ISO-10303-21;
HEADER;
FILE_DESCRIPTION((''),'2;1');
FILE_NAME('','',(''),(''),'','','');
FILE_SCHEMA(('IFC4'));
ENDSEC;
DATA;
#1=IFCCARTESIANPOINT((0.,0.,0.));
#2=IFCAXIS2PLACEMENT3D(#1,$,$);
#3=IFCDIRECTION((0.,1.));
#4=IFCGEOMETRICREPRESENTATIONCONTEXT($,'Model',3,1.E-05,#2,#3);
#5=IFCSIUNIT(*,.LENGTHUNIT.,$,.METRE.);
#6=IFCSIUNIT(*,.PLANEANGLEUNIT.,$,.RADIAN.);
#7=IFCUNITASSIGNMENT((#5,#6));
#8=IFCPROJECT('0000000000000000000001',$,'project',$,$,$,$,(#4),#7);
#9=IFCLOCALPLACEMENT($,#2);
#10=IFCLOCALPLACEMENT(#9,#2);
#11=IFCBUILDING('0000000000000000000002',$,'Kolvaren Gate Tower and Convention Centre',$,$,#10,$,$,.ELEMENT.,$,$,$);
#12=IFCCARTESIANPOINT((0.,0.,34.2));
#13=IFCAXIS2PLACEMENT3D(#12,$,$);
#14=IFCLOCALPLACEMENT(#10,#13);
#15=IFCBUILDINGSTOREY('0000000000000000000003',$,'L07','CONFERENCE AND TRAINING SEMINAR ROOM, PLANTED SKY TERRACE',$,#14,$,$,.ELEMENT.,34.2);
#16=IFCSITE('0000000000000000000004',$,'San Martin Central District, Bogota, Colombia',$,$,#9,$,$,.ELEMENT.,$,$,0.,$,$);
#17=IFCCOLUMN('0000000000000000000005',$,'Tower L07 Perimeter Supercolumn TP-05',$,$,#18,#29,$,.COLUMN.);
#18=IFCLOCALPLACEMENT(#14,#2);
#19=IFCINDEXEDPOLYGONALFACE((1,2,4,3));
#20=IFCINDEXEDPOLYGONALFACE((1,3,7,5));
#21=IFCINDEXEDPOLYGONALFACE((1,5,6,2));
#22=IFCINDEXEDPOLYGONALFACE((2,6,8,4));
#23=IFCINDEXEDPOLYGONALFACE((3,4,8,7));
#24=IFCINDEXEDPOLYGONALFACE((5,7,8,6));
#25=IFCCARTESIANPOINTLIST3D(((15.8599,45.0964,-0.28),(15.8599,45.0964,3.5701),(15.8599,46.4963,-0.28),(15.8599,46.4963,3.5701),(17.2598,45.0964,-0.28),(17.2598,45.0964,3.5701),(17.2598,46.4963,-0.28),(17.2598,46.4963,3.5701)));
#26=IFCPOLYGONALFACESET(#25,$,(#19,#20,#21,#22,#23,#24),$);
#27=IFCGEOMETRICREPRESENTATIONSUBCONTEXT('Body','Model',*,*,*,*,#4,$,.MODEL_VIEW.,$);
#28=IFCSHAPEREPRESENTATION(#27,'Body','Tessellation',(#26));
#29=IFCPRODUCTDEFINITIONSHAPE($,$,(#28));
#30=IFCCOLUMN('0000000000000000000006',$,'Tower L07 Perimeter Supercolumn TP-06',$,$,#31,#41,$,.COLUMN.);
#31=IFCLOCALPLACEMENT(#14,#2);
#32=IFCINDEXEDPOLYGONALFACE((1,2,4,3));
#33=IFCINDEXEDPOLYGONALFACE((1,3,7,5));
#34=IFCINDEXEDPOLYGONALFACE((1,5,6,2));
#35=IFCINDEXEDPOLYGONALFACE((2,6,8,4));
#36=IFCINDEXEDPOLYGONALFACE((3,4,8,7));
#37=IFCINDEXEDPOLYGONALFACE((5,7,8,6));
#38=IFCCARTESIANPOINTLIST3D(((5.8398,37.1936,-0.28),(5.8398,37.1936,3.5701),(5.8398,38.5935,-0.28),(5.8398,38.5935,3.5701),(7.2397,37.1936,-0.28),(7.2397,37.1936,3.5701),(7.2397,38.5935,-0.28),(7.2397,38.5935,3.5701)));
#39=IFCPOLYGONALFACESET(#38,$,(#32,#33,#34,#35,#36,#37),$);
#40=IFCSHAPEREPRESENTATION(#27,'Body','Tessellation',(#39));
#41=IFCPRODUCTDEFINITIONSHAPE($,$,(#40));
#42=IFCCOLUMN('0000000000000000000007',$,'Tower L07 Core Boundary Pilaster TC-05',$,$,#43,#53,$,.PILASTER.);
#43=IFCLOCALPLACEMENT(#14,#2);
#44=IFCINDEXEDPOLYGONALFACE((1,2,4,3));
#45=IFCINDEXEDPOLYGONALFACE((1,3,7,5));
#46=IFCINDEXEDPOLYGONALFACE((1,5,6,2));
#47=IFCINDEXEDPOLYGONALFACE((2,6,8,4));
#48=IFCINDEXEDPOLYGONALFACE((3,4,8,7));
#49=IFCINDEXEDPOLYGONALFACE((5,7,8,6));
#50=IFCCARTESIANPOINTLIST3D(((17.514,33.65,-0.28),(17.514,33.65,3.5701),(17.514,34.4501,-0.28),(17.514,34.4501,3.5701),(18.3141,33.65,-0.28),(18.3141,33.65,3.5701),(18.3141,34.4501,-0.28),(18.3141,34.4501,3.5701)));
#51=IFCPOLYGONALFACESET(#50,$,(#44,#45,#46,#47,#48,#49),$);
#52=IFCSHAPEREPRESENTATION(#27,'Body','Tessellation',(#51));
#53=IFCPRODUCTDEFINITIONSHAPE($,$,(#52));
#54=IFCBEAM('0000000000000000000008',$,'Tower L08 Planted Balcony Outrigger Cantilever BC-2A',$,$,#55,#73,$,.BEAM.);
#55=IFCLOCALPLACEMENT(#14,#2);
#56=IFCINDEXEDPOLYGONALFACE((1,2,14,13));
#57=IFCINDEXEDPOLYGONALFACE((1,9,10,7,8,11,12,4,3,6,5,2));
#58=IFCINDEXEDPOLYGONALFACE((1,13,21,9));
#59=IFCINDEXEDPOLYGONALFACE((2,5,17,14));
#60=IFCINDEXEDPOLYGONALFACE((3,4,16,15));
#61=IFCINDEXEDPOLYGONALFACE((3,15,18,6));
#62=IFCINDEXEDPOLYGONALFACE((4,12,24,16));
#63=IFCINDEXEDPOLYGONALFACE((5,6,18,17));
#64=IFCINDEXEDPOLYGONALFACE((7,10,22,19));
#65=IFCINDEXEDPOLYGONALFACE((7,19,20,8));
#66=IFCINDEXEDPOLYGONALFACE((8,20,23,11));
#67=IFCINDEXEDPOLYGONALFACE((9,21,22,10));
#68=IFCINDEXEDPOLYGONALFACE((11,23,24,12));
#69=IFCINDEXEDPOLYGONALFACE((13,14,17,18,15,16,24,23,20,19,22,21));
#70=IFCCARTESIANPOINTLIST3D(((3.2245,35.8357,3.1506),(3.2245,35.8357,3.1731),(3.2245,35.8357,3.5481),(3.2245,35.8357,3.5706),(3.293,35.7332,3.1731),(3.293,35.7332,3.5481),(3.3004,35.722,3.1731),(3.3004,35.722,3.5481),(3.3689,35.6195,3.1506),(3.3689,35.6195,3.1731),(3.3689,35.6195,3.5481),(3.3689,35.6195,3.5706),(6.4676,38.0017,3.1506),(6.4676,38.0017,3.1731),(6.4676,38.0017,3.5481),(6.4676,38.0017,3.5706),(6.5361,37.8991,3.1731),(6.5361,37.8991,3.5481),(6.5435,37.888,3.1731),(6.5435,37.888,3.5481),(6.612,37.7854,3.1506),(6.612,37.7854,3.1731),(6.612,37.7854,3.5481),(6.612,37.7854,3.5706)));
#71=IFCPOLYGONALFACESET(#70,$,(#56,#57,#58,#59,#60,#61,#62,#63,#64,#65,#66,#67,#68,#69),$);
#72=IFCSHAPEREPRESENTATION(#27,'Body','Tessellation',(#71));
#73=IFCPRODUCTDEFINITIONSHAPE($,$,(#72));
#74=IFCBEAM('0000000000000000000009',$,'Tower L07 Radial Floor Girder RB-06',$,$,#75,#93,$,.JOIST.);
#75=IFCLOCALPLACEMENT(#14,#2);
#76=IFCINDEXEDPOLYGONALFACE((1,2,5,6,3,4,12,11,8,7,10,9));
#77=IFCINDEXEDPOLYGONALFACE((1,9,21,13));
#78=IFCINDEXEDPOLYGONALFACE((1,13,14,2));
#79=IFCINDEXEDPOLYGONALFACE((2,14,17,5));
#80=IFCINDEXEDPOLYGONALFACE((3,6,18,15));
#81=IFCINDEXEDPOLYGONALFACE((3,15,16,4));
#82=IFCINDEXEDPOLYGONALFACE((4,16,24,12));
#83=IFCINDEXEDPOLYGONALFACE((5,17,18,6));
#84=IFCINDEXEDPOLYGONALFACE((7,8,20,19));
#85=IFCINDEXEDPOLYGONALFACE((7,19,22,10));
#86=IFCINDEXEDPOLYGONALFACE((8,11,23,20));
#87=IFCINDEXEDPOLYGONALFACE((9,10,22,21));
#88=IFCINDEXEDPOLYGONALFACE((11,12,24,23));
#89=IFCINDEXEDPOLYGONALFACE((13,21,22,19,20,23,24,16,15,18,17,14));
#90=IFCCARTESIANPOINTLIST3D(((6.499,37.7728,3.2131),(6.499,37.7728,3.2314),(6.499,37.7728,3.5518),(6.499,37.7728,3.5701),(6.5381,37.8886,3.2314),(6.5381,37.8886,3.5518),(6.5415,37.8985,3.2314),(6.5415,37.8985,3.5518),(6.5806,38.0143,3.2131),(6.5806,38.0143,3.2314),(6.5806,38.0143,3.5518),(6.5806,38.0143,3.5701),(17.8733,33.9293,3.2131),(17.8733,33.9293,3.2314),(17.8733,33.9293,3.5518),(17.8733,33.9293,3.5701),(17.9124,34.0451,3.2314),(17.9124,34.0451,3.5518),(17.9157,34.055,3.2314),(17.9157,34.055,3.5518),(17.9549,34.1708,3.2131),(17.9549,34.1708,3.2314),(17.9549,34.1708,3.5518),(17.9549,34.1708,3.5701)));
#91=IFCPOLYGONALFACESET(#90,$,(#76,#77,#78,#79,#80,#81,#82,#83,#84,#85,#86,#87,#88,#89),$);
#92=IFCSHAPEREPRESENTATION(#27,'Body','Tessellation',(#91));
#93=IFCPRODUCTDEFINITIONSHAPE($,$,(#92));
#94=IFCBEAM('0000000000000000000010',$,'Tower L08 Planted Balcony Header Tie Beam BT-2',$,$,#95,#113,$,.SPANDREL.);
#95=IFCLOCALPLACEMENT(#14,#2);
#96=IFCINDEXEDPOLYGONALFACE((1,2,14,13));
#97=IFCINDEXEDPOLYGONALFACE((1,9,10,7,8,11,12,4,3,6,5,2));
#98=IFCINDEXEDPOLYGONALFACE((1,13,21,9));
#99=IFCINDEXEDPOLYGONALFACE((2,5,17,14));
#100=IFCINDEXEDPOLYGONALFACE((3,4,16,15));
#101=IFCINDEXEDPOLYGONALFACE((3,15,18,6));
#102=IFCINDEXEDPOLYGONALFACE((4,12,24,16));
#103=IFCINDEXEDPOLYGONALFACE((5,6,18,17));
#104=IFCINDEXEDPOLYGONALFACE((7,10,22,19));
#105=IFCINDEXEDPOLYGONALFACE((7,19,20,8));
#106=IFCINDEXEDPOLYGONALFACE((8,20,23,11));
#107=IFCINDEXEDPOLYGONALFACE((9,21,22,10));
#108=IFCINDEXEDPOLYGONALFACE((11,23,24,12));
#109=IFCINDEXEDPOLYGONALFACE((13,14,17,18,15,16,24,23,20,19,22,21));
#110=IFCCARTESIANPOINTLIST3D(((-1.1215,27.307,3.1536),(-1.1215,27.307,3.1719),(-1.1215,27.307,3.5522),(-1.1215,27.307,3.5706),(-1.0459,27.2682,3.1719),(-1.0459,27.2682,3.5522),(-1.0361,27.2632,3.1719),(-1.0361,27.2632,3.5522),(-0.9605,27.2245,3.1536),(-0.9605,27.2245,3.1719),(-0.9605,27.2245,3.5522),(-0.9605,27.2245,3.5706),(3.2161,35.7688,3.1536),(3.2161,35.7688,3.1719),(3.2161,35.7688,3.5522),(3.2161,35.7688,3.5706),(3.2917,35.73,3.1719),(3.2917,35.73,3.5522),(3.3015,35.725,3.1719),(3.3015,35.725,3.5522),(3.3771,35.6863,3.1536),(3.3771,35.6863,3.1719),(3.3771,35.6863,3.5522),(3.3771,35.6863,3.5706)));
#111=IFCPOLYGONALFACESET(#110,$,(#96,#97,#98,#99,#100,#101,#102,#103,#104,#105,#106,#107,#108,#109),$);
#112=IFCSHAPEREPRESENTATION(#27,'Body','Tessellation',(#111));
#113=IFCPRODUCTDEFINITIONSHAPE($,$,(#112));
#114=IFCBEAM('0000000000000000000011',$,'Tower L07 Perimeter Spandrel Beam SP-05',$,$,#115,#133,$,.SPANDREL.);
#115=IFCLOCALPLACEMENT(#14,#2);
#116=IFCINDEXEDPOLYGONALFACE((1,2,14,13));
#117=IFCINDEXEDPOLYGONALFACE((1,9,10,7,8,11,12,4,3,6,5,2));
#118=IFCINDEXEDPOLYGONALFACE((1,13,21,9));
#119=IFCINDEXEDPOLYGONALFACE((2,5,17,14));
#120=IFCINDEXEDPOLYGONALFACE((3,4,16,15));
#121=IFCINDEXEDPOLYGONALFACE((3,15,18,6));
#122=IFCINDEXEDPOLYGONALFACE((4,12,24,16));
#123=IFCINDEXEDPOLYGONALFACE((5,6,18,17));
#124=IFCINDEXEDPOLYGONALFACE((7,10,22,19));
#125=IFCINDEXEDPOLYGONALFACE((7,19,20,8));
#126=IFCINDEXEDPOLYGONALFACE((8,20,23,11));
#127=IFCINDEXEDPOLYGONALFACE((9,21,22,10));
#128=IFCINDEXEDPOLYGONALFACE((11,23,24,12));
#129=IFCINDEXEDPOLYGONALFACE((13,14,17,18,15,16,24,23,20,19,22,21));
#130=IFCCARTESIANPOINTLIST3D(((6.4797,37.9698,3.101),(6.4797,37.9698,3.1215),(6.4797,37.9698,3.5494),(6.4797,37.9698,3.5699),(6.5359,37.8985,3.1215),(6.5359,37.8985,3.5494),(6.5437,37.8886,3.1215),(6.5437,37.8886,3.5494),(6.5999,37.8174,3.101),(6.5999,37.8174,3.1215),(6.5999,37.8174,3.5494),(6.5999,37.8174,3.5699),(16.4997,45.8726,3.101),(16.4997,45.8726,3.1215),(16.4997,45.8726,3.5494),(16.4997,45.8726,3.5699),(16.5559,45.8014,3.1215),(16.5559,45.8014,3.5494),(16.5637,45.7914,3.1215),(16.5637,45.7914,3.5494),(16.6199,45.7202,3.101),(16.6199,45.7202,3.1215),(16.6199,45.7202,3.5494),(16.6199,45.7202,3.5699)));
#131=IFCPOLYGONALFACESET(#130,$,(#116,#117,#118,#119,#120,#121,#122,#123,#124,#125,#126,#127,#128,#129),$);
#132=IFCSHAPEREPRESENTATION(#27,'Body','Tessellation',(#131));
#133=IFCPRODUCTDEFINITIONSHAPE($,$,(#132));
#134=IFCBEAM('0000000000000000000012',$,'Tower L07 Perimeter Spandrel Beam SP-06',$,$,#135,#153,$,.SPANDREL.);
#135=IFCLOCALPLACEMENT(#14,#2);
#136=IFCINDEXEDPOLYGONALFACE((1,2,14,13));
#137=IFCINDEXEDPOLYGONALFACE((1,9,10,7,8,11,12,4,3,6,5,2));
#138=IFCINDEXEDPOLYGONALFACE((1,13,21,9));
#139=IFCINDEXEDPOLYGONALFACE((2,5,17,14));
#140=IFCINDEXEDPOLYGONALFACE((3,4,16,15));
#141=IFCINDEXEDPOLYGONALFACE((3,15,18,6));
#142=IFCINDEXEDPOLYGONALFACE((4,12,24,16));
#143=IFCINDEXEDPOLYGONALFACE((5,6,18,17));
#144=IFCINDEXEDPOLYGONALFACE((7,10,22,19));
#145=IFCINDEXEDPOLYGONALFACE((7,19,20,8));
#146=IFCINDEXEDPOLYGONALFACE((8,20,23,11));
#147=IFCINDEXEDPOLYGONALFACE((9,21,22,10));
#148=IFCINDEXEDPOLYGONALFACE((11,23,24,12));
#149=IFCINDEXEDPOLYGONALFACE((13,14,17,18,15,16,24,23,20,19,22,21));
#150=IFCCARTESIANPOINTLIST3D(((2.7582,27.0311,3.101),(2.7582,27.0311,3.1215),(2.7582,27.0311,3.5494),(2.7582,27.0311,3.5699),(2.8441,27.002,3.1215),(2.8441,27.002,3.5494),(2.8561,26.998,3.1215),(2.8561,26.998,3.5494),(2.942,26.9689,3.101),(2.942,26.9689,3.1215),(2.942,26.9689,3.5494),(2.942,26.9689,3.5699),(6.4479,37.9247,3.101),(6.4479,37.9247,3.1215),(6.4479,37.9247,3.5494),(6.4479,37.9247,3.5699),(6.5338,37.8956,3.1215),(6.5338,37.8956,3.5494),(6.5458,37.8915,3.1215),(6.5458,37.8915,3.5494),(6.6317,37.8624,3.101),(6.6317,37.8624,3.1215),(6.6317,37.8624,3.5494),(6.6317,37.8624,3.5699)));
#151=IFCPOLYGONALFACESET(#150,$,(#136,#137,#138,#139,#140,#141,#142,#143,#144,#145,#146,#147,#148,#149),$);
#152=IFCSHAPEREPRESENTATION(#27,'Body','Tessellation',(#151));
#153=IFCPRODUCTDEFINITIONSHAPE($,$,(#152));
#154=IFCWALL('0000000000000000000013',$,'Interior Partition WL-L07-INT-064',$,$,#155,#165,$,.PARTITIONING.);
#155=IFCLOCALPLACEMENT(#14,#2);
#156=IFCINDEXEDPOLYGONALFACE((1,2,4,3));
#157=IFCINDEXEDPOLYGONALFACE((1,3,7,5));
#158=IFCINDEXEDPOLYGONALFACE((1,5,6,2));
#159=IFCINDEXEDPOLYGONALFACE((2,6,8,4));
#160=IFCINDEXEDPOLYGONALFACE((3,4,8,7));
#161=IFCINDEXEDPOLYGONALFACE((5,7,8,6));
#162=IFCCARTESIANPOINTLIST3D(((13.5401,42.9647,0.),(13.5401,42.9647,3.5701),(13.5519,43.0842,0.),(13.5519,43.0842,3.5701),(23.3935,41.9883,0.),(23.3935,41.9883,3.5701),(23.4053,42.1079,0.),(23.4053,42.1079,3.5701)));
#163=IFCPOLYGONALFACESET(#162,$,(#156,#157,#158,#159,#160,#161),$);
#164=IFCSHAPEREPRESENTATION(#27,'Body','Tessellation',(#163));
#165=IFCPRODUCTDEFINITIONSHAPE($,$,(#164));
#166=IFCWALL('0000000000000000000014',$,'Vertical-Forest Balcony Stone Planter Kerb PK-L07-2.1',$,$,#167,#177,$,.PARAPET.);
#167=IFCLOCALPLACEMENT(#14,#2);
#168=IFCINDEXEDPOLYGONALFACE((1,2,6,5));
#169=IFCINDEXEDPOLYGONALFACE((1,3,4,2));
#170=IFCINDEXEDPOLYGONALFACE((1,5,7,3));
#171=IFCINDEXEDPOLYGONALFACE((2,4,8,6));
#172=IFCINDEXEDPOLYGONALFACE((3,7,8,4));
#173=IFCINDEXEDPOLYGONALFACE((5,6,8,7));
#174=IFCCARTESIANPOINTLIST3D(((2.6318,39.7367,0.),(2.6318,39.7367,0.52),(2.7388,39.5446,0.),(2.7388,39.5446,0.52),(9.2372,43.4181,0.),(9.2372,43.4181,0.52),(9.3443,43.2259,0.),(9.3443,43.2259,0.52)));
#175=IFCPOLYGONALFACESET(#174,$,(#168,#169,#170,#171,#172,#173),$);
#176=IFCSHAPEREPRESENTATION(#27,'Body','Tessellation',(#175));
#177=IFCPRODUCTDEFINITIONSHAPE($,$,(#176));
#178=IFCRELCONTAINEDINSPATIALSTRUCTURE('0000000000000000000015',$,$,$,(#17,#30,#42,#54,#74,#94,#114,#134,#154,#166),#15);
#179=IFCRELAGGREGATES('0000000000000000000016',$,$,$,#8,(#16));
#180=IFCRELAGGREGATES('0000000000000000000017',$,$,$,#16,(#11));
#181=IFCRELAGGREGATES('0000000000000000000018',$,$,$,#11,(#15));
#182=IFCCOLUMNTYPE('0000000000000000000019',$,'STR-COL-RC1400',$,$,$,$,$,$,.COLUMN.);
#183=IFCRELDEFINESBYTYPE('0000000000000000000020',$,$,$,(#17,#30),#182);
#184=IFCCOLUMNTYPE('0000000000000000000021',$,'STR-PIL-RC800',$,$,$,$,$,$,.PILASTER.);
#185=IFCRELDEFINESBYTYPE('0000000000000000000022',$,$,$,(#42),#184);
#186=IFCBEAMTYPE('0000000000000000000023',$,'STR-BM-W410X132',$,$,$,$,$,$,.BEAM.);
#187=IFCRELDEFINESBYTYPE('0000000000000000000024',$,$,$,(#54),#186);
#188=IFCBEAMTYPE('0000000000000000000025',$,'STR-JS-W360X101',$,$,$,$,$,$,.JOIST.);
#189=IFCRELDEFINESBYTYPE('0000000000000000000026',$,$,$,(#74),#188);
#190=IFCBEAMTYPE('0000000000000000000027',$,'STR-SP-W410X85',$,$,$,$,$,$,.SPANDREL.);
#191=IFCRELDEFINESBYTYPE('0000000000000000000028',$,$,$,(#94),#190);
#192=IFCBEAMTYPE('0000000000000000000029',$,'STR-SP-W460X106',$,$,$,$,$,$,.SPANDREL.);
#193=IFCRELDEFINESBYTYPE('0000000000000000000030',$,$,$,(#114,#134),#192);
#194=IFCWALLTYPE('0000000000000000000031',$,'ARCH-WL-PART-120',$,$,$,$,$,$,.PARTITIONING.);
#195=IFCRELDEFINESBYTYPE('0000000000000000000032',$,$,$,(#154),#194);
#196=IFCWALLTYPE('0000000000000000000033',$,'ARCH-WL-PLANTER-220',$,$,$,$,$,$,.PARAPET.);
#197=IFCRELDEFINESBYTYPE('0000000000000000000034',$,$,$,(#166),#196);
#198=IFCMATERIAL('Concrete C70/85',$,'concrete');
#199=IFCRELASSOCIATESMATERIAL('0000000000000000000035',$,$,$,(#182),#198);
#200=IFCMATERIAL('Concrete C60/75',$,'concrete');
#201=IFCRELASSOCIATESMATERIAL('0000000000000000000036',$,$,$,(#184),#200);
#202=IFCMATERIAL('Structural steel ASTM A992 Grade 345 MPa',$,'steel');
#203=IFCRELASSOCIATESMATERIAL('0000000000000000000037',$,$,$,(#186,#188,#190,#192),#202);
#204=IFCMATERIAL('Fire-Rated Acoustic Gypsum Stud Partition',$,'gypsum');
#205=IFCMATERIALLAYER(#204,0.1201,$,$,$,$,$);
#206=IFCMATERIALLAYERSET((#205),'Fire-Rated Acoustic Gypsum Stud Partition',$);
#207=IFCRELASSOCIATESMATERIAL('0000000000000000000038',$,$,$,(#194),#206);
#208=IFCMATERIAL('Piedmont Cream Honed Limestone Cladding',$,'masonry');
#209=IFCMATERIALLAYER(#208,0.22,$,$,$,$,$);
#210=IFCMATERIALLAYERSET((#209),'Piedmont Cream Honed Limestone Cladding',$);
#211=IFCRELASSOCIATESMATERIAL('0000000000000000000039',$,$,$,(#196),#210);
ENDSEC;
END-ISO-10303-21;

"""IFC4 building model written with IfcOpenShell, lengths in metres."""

from ifc_helpers import new_model, si_unit, direction, frame, frame_2d, origin, origin_2d, place, context, subcontext, project, spatial, rectangle, i_section, extrude, material, layer, layer_set, material_profile, profile_set, type_object, element, save


model = new_model("IFC4")

# Units and contexts
model_context = context("Model", 3, precision=1e-05, world=origin(), true_north=direction((0.0, 1.0)))
body_context = subcontext(model_context, "Body", "Model", "MODEL_VIEW")
ifc_project = project(units=[si_unit("LENGTHUNIT", "METRE"), si_unit("PLANEANGLEUNIT", "RADIAN")], contexts=[model_context])

# Site, building, storey
site_placement = place(None, origin())
site = spatial("IfcSite", under=ifc_project, at=site_placement, Name="San Martin Central District, Bogota, Colombia", CompositionType="ELEMENT", RefElevation=0.0)
building_placement = place(site_placement, origin())
building = spatial("IfcBuilding", under=site, at=building_placement, Name="Kolvaren Gate Tower and Convention Centre", CompositionType="ELEMENT")
storey_placement = place(building_placement, frame((0.0, 0.0, 34.2)))
storey = spatial("IfcBuildingStorey", under=building, at=storey_placement, Name="L07", Description="CONFERENCE AND TRAINING SEMINAR ROOM, PLANTED SKY TERRACE", CompositionType="ELEMENT", Elevation=34.2)

# Columns
ifc_material_1 = material(Name="Concrete C70/85", Category="concrete")
ifc_material_profile_1 = material_profile(ifc_material_1, rectangle(XDim=1.3999, YDim=1.3999, at=origin_2d()), Name="RC-COL-1400X1400")
ifc_profile_set_1 = profile_set([ifc_material_profile_1], Name="Concrete C70/85")
column_type_1 = type_object("IfcColumnType", Name="STR-COL-RC1400", PredefinedType="COLUMN", material=ifc_profile_set_1)
for number, where, z_axis, x_axis, name in (
    (1, (16.5598, 45.7964, -0.28), (0.0, 0.0, 1.0), (1.0, 0.0, 0.0), "Tower L07 Perimeter Supercolumn TP-05"),
    (2, (6.5398, 37.8936, -0.28), (0.0, 0.0, 1.0), (1.0, 0.0, 0.0), "Tower L07 Perimeter Supercolumn TP-06"),
):
    element("IfcColumn", number, at=place(storey_placement, frame(where, z_axis=z_axis, x_axis=x_axis)), inside=storey, type_object=column_type_1, Name=name, PredefinedType="COLUMN", context=body_context, shape_type="SweptSolid", body=[
        extrude(rectangle(XDim=1.3999, YDim=1.3999, at=origin_2d()), origin(), (0.0, 0.0, 1.0), 3.8501),
    ])
ifc_material_2 = material(Name="Concrete C60/75", Category="concrete")
ifc_material_profile_2 = material_profile(ifc_material_2, rectangle(XDim=0.8, YDim=0.8, at=origin_2d()), Name="RC-COL-800X800")
ifc_profile_set_2 = profile_set([ifc_material_profile_2], Name="Concrete C60/75")
column_type_2 = type_object("IfcColumnType", Name="STR-PIL-RC800", PredefinedType="PILASTER", material=ifc_profile_set_2)
column_placement = place(storey_placement, frame((17.9141, 34.05, -0.28), z_axis=(0.0, 0.0, 1.0), x_axis=(1.0, 0.0, 0.0)))
element("IfcColumn", 3, at=column_placement, inside=storey, type_object=column_type_2, Name="Tower L07 Core Boundary Pilaster TC-05", PredefinedType="PILASTER", context=body_context, shape_type="SweptSolid", body=[
    extrude(rectangle(XDim=0.8, YDim=0.8, at=origin_2d()), origin(), (0.0, 0.0, 1.0), 3.8501),
])

# Beams
ifc_material_3 = material(Name="Structural steel ASTM A992 Grade 345 MPa", Category="steel")
ifc_material_profile_3 = material_profile(ifc_material_3, i_section(OverallWidth=0.26, OverallDepth=0.4199, WebThickness=0.0134, FlangeThickness=0.0225, at=origin_2d()), Name="W410X132")
ifc_profile_set_3 = profile_set([ifc_material_profile_3], Name="Structural steel ASTM A992 Grade 345 MPa")
beam_type_1 = type_object("IfcBeamType", Name="STR-BM-W410X132", PredefinedType="BEAM", material=ifc_profile_set_3)
beam_1_placement = place(storey_placement, frame((6.5398, 37.8936, 3.3606), z_axis=(-0.831588, -0.555393, 0.0), x_axis=(0.555393, -0.831588, 0.0)))
element("IfcBeam", 4, at=beam_1_placement, inside=storey, type_object=beam_type_1, Name="Tower L08 Planted Balcony Outrigger Cantilever BC-2A", PredefinedType="BEAM", context=body_context, shape_type="SweptSolid", body=[
    extrude(i_section(OverallWidth=0.26, OverallDepth=0.4199, WebThickness=0.0134, FlangeThickness=0.0225, at=origin_2d()), origin(), (0.0, 0.0, 1.0), 3.8999),
])
ifc_material_profile_4 = material_profile(ifc_material_3, i_section(OverallWidth=0.2549, OverallDepth=0.3569, WebThickness=0.0105, FlangeThickness=0.0183, at=origin_2d()), Name="W360X101")
ifc_profile_set_4 = profile_set([ifc_material_profile_4], Name="Structural steel ASTM A992 Grade 345 MPa")
beam_type_2 = type_object("IfcBeamType", Name="STR-JS-W360X101", PredefinedType="JOIST", material=ifc_profile_set_4)
beam_2_placement = place(storey_placement, frame((17.9141, 34.05, 3.3916), z_axis=(-0.947374, 0.320129, 0.0), x_axis=(-0.320129, -0.947374, 0.0)))
element("IfcBeam", 5, at=beam_2_placement, inside=storey, type_object=beam_type_2, Name="Tower L07 Radial Floor Girder RB-06", PredefinedType="JOIST", context=body_context, shape_type="SweptSolid", body=[
    extrude(i_section(OverallWidth=0.2549, OverallDepth=0.3569, WebThickness=0.0105, FlangeThickness=0.0183, at=origin_2d()), origin(), (0.0, 0.0, 1.0), 12.0061),
])
ifc_material_profile_5 = material_profile(ifc_material_3, i_section(OverallWidth=0.1809, OverallDepth=0.417, WebThickness=0.011, FlangeThickness=0.0183, at=origin_2d()), Name="W410X85")
ifc_profile_set_5 = profile_set([ifc_material_profile_5], Name="Structural steel ASTM A992 Grade 345 MPa")
beam_type_3 = type_object("IfcBeamType", Name="STR-SP-W410X85", PredefinedType="SPANDREL", material=ifc_profile_set_5)
beam_3_placement = place(storey_placement, frame((3.2966, 35.7275, 3.3621), z_axis=(-0.456167, -0.889894, 0.0), x_axis=(0.889894, -0.456167, 0.0)))
element("IfcBeam", 6, at=beam_3_placement, inside=storey, type_object=beam_type_3, Name="Tower L08 Planted Balcony Header Tie Beam BT-2", PredefinedType="SPANDREL", context=body_context, shape_type="SweptSolid", body=[
    extrude(i_section(OverallWidth=0.1809, OverallDepth=0.417, WebThickness=0.011, FlangeThickness=0.0183, at=origin_2d()), origin(), (0.0, 0.0, 1.0), 9.5088),
])
ifc_material_profile_6 = material_profile(ifc_material_3, i_section(OverallWidth=0.1941, OverallDepth=0.469, WebThickness=0.0127, FlangeThickness=0.0205, at=origin_2d()), Name="W460X106")
ifc_profile_set_6 = profile_set([ifc_material_profile_6], Name="Structural steel ASTM A992 Grade 345 MPa")
beam_type_4 = type_object("IfcBeamType", Name="STR-SP-W460X106", PredefinedType="SPANDREL", material=ifc_profile_set_6)
beam_4_placement = place(storey_placement, frame((16.5598, 45.7964, 3.3354), z_axis=(-0.785176, -0.619272, 0.0), x_axis=(0.619272, -0.785176, 0.0)))
element("IfcBeam", 7, at=beam_4_placement, inside=storey, type_object=beam_type_4, Name="Tower L07 Perimeter Spandrel Beam SP-05", PredefinedType="SPANDREL", context=body_context, shape_type="SweptSolid", body=[
    extrude(i_section(OverallWidth=0.1941, OverallDepth=0.469, WebThickness=0.0127, FlangeThickness=0.0205, at=origin_2d()), origin(), (0.0, 0.0, 1.0), 12.7615),
])
beam_5_placement = place(storey_placement, frame((6.5398, 37.8936, 3.3354), z_axis=(-0.320803, -0.947146, 0.0), x_axis=(0.947146, -0.320803, 0.0)))
element("IfcBeam", 8, at=beam_5_placement, inside=storey, type_object=beam_type_4, Name="Tower L07 Perimeter Spandrel Beam SP-06", PredefinedType="SPANDREL", context=body_context, shape_type="SweptSolid", body=[
    extrude(i_section(OverallWidth=0.1941, OverallDepth=0.469, WebThickness=0.0127, FlangeThickness=0.0205, at=origin_2d()), origin(), (0.0, 0.0, 1.0), 11.5015),
])

# Walls
ifc_material_4 = material(Name="Fire-Rated Acoustic Gypsum Stud Partition", Category="gypsum")
ifc_layer_1 = layer(ifc_material_4, 0.1201)
ifc_layer_set_1 = layer_set([ifc_layer_1], Name="Fire-Rated Acoustic Gypsum Stud Partition")
wall_type_1 = type_object("IfcWallType", Name="ARCH-WL-PART-120", PredefinedType="PARTITIONING", material=ifc_layer_set_1)
wall_1_placement = place(storey_placement, frame((13.5461, 43.0244, 0.0), z_axis=(0.0, 0.0, 1.0), x_axis=(0.995127, -0.098603, 0.0)))
element("IfcWall", 9, at=wall_1_placement, inside=storey, type_object=wall_type_1, Name="Interior Partition WL-L07-INT-064", PredefinedType="PARTITIONING", context=body_context, shape_type="SweptSolid", body=[
    extrude(rectangle(XDim=9.9016, YDim=0.1201, at=frame_2d((4.9507, 0.0))), origin(), (0.0, 0.0, 1.0), 3.5701),
])
ifc_material_5 = material(Name="Piedmont Cream Honed Limestone Cladding", Category="masonry")
ifc_layer_2 = layer(ifc_material_5, 0.22)
ifc_layer_set_2 = layer_set([ifc_layer_2], Name="Piedmont Cream Honed Limestone Cladding")
wall_type_2 = type_object("IfcWallType", Name="ARCH-WL-PLANTER-220", PredefinedType="PARAPET", material=ifc_layer_set_2)
wall_2_placement = place(storey_placement, frame((2.6853, 39.6406, 0.0), z_axis=(0.0, 0.0, 1.0), x_axis=(0.8735, 0.486824, 0.0)))
element("IfcWall", 10, at=wall_2_placement, inside=storey, type_object=wall_type_2, Name="Vertical-Forest Balcony Stone Planter Kerb PK-L07-2.1", PredefinedType="PARAPET", context=body_context, shape_type="SweptSolid", body=[
    extrude(rectangle(XDim=7.562, YDim=0.22, at=frame_2d((3.781, 0.0))), origin(), (0.0, 0.0, 1.0), 0.52),
])

save(model, "model.ifc")
